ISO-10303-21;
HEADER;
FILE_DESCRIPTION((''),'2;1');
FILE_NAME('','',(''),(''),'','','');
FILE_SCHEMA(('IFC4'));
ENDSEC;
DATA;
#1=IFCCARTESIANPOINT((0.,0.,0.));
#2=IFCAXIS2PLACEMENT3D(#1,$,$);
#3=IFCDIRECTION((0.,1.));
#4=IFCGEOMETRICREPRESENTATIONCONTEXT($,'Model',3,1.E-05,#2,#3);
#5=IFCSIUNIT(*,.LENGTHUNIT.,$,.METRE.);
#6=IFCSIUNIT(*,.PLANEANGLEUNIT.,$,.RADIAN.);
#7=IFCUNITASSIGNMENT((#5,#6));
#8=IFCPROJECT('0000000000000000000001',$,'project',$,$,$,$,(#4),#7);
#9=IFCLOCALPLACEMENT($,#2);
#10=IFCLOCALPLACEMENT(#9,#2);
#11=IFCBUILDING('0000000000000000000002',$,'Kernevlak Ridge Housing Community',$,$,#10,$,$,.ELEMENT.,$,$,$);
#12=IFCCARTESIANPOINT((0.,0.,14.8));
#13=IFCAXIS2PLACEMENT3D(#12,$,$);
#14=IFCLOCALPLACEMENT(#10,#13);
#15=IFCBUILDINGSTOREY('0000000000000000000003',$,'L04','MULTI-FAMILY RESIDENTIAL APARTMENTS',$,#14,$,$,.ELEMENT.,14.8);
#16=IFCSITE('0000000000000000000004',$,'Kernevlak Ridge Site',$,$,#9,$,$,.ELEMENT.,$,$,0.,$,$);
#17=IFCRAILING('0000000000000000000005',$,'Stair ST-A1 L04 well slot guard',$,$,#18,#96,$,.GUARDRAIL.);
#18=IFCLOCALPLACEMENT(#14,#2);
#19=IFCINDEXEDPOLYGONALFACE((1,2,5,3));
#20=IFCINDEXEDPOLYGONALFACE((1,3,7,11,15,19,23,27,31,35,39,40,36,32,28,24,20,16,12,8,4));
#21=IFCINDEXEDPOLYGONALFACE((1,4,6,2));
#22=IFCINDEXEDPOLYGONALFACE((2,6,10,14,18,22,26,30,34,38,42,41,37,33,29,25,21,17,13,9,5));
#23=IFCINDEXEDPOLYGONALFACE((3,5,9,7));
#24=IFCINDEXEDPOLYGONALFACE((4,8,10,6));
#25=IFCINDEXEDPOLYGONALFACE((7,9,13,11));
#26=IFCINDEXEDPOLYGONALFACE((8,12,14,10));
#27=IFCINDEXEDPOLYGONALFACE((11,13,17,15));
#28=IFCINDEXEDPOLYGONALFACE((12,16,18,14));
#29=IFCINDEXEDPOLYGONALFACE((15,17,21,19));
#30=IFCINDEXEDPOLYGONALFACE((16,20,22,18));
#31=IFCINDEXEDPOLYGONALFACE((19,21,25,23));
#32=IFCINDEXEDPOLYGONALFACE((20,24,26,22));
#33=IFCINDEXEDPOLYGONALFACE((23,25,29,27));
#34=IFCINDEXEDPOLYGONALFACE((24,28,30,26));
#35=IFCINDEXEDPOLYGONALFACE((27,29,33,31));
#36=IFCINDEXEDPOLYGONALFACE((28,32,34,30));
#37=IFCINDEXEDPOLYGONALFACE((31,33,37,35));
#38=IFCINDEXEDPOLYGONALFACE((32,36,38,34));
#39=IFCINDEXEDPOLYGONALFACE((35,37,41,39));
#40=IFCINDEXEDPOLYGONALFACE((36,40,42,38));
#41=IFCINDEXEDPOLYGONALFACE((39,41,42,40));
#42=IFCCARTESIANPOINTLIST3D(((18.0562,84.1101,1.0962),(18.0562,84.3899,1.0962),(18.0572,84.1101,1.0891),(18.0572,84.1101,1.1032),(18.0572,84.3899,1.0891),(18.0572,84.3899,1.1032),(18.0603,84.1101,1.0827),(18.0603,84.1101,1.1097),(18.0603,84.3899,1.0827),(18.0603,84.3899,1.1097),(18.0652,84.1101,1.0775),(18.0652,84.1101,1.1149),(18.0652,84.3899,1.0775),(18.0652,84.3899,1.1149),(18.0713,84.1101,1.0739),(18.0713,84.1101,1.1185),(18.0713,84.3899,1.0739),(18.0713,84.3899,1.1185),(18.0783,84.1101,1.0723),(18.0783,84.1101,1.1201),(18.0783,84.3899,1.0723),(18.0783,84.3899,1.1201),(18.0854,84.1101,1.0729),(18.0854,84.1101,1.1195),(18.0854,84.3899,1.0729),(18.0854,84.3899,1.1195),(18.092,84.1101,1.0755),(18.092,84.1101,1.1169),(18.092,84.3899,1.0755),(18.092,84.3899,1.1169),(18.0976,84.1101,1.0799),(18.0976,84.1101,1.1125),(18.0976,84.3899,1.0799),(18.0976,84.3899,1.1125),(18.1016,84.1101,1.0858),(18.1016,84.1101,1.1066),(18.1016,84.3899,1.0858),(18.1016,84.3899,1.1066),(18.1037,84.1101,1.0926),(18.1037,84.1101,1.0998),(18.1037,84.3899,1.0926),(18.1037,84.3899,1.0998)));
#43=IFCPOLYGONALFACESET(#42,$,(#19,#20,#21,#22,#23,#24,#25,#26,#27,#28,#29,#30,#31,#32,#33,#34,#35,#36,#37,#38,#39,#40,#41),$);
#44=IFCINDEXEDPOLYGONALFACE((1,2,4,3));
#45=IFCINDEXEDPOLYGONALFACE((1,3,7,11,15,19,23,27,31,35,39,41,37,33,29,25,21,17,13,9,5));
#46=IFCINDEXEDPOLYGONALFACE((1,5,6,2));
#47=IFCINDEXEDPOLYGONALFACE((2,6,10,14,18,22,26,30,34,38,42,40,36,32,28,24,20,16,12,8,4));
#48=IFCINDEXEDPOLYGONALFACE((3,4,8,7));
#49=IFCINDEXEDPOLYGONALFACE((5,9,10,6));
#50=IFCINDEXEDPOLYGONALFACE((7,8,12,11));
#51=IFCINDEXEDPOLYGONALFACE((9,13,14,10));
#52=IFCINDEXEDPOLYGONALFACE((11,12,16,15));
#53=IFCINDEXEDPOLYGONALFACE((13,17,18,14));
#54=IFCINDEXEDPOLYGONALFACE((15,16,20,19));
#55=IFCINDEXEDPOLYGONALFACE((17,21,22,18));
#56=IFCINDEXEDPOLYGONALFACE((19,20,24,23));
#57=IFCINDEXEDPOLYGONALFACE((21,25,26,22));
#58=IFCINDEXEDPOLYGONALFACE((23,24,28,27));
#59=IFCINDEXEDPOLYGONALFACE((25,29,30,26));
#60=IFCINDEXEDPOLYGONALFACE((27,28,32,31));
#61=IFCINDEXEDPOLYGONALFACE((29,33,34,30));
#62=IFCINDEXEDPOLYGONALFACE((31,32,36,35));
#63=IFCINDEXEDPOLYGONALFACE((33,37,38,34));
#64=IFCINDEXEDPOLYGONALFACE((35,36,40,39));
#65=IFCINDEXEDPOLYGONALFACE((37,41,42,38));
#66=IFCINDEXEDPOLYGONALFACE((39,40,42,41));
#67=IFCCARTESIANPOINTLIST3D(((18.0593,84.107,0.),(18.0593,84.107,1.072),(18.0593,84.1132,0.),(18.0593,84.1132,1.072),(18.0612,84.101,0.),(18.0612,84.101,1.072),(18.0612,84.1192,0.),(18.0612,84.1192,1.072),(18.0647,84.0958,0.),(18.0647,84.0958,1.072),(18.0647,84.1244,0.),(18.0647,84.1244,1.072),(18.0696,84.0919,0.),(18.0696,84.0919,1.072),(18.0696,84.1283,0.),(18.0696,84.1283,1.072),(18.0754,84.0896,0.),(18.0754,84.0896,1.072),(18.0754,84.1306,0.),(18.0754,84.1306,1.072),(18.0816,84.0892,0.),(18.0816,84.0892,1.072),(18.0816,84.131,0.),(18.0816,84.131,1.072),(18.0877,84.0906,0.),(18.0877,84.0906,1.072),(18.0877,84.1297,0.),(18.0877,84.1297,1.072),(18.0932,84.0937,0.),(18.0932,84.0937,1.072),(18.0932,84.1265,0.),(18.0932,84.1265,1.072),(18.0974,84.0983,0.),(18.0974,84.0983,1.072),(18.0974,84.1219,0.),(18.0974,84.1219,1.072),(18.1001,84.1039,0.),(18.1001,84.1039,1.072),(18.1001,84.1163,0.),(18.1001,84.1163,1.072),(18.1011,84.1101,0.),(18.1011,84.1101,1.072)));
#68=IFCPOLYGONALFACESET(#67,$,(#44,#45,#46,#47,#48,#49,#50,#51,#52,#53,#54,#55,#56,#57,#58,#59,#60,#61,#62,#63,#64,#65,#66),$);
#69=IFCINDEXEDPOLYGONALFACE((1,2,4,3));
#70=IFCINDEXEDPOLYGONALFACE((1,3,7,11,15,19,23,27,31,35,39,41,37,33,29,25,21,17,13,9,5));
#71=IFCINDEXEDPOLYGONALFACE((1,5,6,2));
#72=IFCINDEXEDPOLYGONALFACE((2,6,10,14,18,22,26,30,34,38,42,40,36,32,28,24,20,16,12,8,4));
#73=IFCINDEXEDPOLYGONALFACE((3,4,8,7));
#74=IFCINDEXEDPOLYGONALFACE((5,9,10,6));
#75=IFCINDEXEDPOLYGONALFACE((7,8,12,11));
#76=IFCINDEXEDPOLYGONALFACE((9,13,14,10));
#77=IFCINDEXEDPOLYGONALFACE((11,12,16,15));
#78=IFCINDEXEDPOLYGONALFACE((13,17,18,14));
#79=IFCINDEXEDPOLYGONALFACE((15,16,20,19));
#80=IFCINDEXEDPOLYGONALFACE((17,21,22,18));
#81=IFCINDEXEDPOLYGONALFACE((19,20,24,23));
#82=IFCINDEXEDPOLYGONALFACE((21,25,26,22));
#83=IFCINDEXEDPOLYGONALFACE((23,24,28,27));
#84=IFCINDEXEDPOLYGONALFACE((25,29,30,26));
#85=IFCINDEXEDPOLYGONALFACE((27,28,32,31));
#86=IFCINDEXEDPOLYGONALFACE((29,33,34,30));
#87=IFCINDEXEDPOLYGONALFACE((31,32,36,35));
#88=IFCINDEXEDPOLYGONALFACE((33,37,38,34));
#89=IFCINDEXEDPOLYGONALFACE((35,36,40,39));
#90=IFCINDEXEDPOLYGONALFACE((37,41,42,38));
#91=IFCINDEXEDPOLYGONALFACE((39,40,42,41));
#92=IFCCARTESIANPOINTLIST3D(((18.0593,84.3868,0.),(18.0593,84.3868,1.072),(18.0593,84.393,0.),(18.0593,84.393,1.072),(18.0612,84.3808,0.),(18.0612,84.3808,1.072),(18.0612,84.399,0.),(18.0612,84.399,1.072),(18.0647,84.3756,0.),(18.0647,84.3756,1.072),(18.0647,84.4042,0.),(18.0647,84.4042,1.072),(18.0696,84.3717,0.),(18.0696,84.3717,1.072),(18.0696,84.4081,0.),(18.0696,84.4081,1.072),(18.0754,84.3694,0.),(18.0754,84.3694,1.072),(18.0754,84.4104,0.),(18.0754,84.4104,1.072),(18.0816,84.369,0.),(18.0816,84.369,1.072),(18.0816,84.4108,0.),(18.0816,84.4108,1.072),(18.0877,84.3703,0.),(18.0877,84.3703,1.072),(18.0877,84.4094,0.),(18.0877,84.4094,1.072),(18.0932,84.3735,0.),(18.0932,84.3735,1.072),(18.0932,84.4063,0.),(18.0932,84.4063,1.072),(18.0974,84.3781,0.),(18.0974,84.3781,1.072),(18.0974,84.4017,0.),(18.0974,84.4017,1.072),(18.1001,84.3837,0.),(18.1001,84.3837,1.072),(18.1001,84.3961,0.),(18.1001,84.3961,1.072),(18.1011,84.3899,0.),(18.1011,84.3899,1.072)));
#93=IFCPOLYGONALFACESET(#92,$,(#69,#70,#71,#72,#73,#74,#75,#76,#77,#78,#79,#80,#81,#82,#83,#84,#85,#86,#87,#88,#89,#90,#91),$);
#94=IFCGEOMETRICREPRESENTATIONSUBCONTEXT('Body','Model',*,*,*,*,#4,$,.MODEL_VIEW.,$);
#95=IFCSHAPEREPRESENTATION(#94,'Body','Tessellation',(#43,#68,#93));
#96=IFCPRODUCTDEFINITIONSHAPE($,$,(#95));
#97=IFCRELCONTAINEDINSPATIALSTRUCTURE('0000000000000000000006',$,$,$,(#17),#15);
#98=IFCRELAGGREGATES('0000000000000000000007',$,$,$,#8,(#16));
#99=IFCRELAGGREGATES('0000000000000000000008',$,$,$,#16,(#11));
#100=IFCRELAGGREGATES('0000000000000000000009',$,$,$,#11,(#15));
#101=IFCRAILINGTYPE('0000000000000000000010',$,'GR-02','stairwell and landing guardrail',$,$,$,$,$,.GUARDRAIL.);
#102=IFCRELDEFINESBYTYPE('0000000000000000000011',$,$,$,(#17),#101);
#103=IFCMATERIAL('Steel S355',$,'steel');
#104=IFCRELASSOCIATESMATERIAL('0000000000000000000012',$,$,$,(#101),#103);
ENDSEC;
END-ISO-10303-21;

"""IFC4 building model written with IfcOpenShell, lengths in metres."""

from ifc_helpers import new_model, si_unit, direction, frame, origin, origin_2d, place, context, subcontext, project, spatial, circle, extrude, material, type_object, element, save


model = new_model("IFC4")

# Units and contexts
model_context = context("Model", 3, precision=1e-05, world=origin(), true_north=direction((0.0, 1.0)))
body_context = subcontext(model_context, "Body", "Model", "MODEL_VIEW")
ifc_project = project(units=[si_unit("LENGTHUNIT", "METRE"), si_unit("PLANEANGLEUNIT", "RADIAN")], contexts=[model_context])

# Site, building, storey
site_placement = place(None, origin())
site = spatial("IfcSite", under=ifc_project, at=site_placement, Name="Kernevlak Ridge Site", CompositionType="ELEMENT", RefElevation=0.0)
building_placement = place(site_placement, origin())
building = spatial("IfcBuilding", under=site, at=building_placement, Name="Kernevlak Ridge Housing Community", CompositionType="ELEMENT")
storey_placement = place(building_placement, frame((0.0, 0.0, 14.8)))
storey = spatial("IfcBuildingStorey", under=building, at=storey_placement, Name="L04", Description="MULTI-FAMILY RESIDENTIAL APARTMENTS", CompositionType="ELEMENT", Elevation=14.8)

# Railing
ifc_material_1 = material(Name="Steel S355", Category="steel")
railing_type_1 = type_object("IfcRailingType", Name="GR-02", Description="stairwell and landing guardrail", PredefinedType="GUARDRAIL", material=ifc_material_1)
railing_1_placement = place(storey_placement, frame((18.0801, 84.1101, 0.0)))
element("IfcRailing", 1, at=railing_1_placement, inside=storey, type_object=railing_type_1, Name="Stair ST-A1 L04 well slot guard", PredefinedType="GUARDRAIL", context=body_context, shape_type="SweptSolid", body=[
    extrude(circle(Radius=0.0239, at=origin_2d()), frame((0.0, 0.0, 1.0962), z_axis=(0.0, 1.0, 0.0), x_axis=(-1.0, 0.0, 0.0)), (0.0, 0.0, 1.0), 0.2798),
    extrude(circle(Radius=0.021, at=origin_2d()), origin(), (0.0, 0.0, 1.0), 1.072),
    extrude(circle(Radius=0.021, at=origin_2d()), frame((0.0, 0.2798, 0.0)), (0.0, 0.0, 1.0), 1.072),
])

save(model, "model.ifc")
